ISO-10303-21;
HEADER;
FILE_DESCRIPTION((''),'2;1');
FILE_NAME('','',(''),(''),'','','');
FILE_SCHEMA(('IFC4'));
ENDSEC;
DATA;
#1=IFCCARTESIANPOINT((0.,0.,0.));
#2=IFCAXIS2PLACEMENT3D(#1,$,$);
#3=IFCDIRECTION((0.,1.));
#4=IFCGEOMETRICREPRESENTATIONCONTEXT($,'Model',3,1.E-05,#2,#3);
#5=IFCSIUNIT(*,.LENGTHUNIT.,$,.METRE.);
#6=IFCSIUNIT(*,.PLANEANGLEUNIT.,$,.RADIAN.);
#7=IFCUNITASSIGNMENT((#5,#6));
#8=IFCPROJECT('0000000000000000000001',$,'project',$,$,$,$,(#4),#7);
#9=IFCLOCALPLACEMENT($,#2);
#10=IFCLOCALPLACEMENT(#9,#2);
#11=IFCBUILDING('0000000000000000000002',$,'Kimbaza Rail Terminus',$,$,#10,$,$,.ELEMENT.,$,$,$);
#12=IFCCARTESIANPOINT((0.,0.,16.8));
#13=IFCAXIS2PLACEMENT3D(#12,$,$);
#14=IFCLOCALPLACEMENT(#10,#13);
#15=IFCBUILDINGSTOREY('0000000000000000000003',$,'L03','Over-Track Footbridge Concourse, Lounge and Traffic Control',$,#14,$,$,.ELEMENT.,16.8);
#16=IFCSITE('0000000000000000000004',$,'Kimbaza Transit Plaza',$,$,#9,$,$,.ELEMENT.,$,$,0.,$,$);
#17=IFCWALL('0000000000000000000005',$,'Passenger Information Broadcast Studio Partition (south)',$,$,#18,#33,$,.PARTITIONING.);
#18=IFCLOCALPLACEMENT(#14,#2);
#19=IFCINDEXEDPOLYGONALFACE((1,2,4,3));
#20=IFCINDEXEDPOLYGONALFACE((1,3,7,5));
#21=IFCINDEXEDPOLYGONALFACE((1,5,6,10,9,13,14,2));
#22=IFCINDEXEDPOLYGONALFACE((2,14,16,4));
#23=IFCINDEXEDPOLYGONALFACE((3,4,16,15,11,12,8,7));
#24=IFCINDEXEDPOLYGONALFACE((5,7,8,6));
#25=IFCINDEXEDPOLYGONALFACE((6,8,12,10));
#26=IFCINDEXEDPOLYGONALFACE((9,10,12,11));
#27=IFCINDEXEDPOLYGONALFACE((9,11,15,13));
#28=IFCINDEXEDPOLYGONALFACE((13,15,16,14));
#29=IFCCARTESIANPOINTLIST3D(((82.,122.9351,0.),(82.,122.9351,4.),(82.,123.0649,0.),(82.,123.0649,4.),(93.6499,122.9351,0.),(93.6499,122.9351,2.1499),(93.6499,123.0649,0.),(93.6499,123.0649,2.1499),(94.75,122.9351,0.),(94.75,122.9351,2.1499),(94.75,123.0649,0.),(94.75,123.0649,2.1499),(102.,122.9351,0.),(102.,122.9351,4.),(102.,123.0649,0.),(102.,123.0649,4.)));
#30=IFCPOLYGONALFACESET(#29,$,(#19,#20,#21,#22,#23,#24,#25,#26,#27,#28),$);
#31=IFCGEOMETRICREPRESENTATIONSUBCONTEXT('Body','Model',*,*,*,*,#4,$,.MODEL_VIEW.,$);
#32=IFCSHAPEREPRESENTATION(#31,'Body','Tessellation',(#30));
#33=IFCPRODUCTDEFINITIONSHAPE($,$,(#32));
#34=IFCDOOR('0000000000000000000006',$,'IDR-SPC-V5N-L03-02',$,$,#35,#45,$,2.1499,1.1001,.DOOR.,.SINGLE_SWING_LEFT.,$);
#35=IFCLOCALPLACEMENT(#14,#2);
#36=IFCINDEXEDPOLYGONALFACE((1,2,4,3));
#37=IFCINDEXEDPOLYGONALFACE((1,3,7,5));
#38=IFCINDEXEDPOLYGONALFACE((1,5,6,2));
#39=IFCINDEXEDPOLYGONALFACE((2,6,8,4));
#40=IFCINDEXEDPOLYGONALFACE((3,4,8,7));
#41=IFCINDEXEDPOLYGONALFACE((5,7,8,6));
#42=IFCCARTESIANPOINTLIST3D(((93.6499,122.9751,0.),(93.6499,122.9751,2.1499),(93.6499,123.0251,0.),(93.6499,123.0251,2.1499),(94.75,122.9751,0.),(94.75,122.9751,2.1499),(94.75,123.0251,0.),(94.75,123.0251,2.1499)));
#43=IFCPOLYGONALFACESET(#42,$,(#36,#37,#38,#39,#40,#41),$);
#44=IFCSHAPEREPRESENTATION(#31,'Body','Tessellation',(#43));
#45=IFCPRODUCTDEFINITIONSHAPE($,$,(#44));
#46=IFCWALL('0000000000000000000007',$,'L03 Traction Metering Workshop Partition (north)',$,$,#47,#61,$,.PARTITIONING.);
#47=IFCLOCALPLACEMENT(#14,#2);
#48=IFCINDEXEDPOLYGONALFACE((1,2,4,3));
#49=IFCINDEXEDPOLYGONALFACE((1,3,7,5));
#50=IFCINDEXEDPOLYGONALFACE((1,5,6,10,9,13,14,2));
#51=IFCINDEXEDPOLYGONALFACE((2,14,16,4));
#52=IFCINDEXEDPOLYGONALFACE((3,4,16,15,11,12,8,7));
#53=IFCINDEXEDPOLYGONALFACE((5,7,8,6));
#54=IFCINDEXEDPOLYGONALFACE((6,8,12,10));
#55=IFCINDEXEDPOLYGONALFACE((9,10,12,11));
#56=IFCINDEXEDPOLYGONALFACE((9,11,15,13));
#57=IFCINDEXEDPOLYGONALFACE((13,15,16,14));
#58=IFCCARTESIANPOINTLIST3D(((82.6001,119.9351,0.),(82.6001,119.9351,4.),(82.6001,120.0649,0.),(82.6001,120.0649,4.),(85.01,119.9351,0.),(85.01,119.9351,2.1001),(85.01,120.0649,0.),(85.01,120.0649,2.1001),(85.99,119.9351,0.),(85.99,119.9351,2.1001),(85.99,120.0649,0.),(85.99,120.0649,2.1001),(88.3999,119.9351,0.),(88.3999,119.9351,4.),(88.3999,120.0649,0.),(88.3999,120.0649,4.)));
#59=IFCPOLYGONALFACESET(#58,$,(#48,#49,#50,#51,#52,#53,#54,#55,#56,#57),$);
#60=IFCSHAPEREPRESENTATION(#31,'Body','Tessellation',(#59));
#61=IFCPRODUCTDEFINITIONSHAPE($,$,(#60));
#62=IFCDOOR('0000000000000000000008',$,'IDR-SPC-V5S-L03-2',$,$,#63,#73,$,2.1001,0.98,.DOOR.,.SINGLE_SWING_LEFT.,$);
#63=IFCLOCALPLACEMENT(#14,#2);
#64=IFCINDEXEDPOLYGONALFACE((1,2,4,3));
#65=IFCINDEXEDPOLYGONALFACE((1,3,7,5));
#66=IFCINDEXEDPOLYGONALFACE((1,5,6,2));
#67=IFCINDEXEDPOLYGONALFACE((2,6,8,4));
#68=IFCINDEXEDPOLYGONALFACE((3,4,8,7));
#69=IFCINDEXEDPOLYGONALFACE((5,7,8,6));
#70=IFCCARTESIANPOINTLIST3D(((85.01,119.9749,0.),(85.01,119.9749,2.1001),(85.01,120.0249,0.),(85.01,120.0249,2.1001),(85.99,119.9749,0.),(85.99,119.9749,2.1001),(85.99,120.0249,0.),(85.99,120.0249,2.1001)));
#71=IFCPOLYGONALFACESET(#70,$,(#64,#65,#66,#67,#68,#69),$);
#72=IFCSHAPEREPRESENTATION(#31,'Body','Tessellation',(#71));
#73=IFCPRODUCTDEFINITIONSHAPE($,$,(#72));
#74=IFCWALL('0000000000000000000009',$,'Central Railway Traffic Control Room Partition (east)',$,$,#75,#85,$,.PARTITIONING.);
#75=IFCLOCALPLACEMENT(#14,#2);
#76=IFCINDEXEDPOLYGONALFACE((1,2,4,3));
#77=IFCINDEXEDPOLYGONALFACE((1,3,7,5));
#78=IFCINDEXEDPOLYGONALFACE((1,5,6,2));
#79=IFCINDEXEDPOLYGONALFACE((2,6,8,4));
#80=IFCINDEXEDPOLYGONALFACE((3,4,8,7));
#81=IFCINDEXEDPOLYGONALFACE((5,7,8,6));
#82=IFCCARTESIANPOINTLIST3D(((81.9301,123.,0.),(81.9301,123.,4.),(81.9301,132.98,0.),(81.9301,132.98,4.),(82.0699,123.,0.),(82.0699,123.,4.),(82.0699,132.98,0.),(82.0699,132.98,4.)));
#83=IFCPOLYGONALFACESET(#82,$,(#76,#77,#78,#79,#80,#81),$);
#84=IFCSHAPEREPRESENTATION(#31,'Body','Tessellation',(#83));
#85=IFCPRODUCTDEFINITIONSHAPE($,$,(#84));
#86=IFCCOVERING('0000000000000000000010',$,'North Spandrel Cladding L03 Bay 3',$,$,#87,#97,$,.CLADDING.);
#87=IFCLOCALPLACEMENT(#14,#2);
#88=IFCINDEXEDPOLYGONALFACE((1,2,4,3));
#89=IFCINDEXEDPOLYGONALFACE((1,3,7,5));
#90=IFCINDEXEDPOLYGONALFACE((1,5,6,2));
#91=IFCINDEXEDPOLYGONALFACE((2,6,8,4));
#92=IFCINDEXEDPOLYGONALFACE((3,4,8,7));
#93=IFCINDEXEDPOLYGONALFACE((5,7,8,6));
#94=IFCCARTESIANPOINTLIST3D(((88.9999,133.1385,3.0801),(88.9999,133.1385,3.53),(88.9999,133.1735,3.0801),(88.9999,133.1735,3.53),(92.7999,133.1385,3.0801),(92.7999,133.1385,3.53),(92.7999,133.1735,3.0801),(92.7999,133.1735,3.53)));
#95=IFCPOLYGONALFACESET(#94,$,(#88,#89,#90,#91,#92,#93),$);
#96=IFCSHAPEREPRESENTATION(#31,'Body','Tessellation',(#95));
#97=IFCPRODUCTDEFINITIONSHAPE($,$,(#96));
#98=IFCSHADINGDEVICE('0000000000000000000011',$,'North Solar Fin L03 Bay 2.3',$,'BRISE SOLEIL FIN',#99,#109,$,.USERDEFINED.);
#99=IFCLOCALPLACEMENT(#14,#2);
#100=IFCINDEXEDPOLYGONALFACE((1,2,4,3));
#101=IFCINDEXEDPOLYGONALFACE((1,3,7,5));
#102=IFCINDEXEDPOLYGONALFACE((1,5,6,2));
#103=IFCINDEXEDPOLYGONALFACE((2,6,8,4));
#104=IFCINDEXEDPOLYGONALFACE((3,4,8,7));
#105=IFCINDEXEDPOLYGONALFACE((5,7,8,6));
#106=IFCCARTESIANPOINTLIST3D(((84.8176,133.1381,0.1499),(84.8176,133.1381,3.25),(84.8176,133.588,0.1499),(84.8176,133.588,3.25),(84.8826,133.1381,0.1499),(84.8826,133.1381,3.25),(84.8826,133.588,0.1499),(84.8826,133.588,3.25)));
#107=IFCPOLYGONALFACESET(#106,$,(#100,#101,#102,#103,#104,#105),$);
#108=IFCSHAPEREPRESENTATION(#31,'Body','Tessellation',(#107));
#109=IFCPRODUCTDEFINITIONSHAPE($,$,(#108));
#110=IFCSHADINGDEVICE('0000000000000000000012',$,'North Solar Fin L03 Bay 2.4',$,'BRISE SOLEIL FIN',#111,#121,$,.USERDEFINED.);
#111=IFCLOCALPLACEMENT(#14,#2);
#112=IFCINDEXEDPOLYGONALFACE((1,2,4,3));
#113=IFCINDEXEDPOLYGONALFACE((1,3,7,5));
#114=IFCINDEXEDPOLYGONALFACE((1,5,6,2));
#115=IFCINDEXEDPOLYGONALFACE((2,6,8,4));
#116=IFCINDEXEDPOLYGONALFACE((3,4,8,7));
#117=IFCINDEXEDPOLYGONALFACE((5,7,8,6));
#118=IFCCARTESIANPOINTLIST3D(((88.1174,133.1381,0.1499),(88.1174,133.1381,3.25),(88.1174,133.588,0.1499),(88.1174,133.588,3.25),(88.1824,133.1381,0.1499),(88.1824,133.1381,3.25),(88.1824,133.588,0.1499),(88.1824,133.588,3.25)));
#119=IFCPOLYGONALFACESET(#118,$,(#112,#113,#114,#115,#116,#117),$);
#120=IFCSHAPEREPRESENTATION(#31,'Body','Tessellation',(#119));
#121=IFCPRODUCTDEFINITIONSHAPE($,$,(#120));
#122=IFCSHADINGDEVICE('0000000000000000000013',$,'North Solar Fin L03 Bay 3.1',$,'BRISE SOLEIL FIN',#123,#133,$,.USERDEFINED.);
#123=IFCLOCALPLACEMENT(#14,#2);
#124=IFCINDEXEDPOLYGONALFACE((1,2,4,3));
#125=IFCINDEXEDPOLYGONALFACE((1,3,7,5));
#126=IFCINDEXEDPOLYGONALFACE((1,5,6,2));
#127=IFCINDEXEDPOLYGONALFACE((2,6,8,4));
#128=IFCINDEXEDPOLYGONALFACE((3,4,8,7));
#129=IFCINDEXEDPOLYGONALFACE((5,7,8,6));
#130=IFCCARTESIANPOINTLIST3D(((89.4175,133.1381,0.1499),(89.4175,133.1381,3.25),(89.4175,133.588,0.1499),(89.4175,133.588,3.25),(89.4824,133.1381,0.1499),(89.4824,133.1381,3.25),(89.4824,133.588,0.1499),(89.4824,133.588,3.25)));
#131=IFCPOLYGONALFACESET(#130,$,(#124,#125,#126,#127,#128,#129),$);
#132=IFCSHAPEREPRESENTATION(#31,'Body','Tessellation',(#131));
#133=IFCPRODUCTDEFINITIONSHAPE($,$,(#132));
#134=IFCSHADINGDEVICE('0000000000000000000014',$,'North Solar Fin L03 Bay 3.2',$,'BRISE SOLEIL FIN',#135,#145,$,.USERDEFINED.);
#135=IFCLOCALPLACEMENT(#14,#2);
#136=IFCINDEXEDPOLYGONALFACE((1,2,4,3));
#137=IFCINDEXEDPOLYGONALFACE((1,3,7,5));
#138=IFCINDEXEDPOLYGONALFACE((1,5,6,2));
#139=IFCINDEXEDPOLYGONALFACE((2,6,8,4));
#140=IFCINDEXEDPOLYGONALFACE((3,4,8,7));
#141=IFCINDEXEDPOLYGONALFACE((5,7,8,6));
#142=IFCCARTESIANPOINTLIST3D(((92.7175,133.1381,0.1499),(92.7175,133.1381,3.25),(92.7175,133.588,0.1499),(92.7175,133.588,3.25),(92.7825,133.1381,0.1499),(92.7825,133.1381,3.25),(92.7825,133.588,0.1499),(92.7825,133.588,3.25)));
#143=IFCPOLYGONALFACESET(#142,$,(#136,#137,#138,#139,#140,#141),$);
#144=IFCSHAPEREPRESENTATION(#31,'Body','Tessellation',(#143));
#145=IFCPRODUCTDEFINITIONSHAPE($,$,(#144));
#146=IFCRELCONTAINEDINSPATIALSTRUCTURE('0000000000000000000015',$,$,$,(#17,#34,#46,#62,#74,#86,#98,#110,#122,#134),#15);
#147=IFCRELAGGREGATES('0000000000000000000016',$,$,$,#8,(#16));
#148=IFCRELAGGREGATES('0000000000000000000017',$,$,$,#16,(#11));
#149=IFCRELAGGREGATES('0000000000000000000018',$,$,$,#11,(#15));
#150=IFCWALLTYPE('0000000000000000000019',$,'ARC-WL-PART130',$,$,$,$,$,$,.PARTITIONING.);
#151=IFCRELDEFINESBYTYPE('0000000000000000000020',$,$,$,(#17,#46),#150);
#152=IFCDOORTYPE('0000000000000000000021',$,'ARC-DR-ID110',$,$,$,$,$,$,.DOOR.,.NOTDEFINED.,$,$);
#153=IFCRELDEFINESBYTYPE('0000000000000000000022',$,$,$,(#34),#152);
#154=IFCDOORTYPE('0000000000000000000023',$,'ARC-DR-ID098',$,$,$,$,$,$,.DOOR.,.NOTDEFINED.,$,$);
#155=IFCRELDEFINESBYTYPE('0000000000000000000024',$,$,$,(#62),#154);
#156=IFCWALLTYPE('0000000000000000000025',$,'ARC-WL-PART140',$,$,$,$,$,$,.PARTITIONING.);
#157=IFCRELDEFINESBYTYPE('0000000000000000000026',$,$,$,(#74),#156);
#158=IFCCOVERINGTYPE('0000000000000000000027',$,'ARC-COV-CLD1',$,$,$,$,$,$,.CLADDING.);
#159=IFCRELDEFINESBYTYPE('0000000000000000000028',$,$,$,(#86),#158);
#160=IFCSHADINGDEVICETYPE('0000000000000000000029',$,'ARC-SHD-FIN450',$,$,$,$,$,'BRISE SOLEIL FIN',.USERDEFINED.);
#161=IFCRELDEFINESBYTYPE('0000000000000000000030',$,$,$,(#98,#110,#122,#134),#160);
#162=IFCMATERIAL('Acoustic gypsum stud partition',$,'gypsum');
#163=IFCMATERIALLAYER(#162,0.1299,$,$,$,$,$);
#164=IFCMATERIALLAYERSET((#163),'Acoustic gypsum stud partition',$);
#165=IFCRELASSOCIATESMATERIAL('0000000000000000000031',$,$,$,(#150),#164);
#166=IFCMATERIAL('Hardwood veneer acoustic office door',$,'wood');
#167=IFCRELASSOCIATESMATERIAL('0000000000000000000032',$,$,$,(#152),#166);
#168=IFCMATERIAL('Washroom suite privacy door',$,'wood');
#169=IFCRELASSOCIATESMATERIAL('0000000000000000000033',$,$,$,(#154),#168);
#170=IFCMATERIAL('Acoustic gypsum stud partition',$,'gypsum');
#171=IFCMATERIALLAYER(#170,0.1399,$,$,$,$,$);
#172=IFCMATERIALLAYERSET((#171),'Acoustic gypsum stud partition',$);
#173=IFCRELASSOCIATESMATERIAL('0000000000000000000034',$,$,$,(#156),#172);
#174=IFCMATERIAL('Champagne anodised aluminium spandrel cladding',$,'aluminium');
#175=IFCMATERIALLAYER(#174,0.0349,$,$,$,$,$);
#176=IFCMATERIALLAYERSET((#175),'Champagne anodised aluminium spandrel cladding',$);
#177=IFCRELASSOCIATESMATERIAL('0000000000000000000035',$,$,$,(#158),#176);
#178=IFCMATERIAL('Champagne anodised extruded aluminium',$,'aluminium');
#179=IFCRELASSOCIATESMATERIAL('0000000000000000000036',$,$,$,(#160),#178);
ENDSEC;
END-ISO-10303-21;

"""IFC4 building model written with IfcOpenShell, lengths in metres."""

from ifc_helpers import new_model, si_unit, direction, frame, frame_2d, origin, origin_2d, place, context, subcontext, project, spatial, rectangle, extrude, material, layer, layer_set, type_object, element, fill, save


model = new_model("IFC4")

# Units and contexts
model_context = context("Model", 3, precision=1e-05, world=origin(), true_north=direction((0.0, 1.0)))
body_context = subcontext(model_context, "Body", "Model", "MODEL_VIEW")
ifc_project = project(units=[si_unit("LENGTHUNIT", "METRE"), si_unit("PLANEANGLEUNIT", "RADIAN")], contexts=[model_context])

# Site, building, storey
site_placement = place(None, origin())
site = spatial("IfcSite", under=ifc_project, at=site_placement, Name="Kimbaza Transit Plaza", CompositionType="ELEMENT", RefElevation=0.0)
building_placement = place(site_placement, origin())
building = spatial("IfcBuilding", under=site, at=building_placement, Name="Kimbaza Rail Terminus", CompositionType="ELEMENT")
storey_placement = place(building_placement, frame((0.0, 0.0, 16.8)))
storey = spatial("IfcBuildingStorey", under=building, at=storey_placement, Name="L03", Description="Over-Track Footbridge Concourse, Lounge and Traffic Control", CompositionType="ELEMENT", Elevation=16.8)

# Walls, openings, doors
ifc_material_1 = material(Name="Acoustic gypsum stud partition", Category="gypsum")
ifc_layer_1 = layer(ifc_material_1, 0.1299)
ifc_layer_set_1 = layer_set([ifc_layer_1], Name="Acoustic gypsum stud partition")
wall_type_1 = type_object("IfcWallType", Name="ARC-WL-PART130", PredefinedType="PARTITIONING", material=ifc_layer_set_1)
wall_1_placement = place(storey_placement, frame((82.0, 123.0, 0.0), z_axis=(0.0, 0.0, 1.0), x_axis=(1.0, 0.0, 0.0)))
wall_1 = element("IfcWall", 1, at=wall_1_placement, inside=storey, type_object=wall_type_1, Name="Passenger Information Broadcast Studio Partition (south)", PredefinedType="PARTITIONING", context=body_context, shape_type="SweptSolid", body=[
    extrude(rectangle(XDim=20.0, YDim=0.1299, at=frame_2d((10.0, 0.0))), origin(), (0.0, 0.0, 1.0), 4.0),
])
opening_1_placement = place(wall_1_placement, frame((12.75, 0.0, 0.0), z_axis=(0.0, 0.0, 1.0), x_axis=(-1.0, 0.0, 0.0)))
opening_1 = element("IfcOpeningElement", 2, at=opening_1_placement, cuts=wall_1, PredefinedType="OPENING", context=body_context, shape_type="SweptSolid", body=[
    extrude(rectangle(XDim=1.1001, YDim=2.1499, at=frame_2d((0.55, 1.075))), frame((0.0, 0.075, 0.0), z_axis=(0.0, -1.0, 0.0), x_axis=(1.0, 0.0, 0.0)), (0.0, 0.0, 1.0), 0.1499),
])
ifc_material_2 = material(Name="Hardwood veneer acoustic office door", Category="wood")
door_type_1 = type_object("IfcDoorType", Name="ARC-DR-ID110", OperationType="NOTDEFINED", PredefinedType="DOOR", material=ifc_material_2)
door_1_placement = place(opening_1_placement, origin())
door_1 = element("IfcDoor", 3, at=door_1_placement, inside=storey, type_object=door_type_1, Name="IDR-SPC-V5N-L03-02", OperationType="SINGLE_SWING_LEFT", OverallHeight=2.1499, OverallWidth=1.1001, PredefinedType="DOOR", context=body_context, shape_type="SweptSolid", body=[
    extrude(rectangle(XDim=1.1001, YDim=2.1499, at=frame_2d((0.55, 1.075))), frame((0.0, 0.0249, 0.0), z_axis=(0.0, -1.0, 0.0), x_axis=(1.0, 0.0, 0.0)), (0.0, 0.0, 1.0), 0.05),
])
fill(opening_1, door_1)
wall_2_placement = place(storey_placement, frame((88.3999, 120.0, 0.0), z_axis=(0.0, 0.0, 1.0), x_axis=(-1.0, 0.0, 0.0)))
wall_2 = element("IfcWall", 4, at=wall_2_placement, inside=storey, type_object=wall_type_1, Name="L03 Traction Metering Workshop Partition (north)", PredefinedType="PARTITIONING", context=body_context, shape_type="SweptSolid", body=[
    extrude(rectangle(XDim=5.7998, YDim=0.1299, at=frame_2d((2.8999, 0.0))), origin(), (0.0, 0.0, 1.0), 4.0),
])
opening_2_placement = place(wall_2_placement, frame((3.3899, 0.0, 0.0), z_axis=(0.0, 0.0, 1.0), x_axis=(-1.0, 0.0, 0.0)))
opening_2 = element("IfcOpeningElement", 5, at=opening_2_placement, cuts=wall_2, PredefinedType="OPENING", context=body_context, shape_type="SweptSolid", body=[
    extrude(rectangle(XDim=0.98, YDim=2.1001, at=frame_2d((0.49, 1.05))), frame((0.0, 0.075, 0.0), z_axis=(0.0, -1.0, 0.0), x_axis=(1.0, 0.0, 0.0)), (0.0, 0.0, 1.0), 0.1499),
])
ifc_material_3 = material(Name="Washroom suite privacy door", Category="wood")
door_type_2 = type_object("IfcDoorType", Name="ARC-DR-ID098", OperationType="NOTDEFINED", PredefinedType="DOOR", material=ifc_material_3)
door_2_placement = place(opening_2_placement, origin())
door_2 = element("IfcDoor", 6, at=door_2_placement, inside=storey, type_object=door_type_2, Name="IDR-SPC-V5S-L03-2", OperationType="SINGLE_SWING_LEFT", OverallHeight=2.1001, OverallWidth=0.98, PredefinedType="DOOR", context=body_context, shape_type="SweptSolid", body=[
    extrude(rectangle(XDim=0.98, YDim=2.1001, at=frame_2d((0.49, 1.05))), frame((0.0, 0.0249, 0.0), z_axis=(0.0, -1.0, 0.0), x_axis=(1.0, 0.0, 0.0)), (0.0, 0.0, 1.0), 0.05),
])
fill(opening_2, door_2)

# Wall
ifc_material_4 = material(Name="Acoustic gypsum stud partition", Category="gypsum")
ifc_layer_2 = layer(ifc_material_4, 0.1399)
ifc_layer_set_2 = layer_set([ifc_layer_2], Name="Acoustic gypsum stud partition")
wall_type_2 = type_object("IfcWallType", Name="ARC-WL-PART140", PredefinedType="PARTITIONING", material=ifc_layer_set_2)
wall_3_placement = place(storey_placement, frame((82.0, 123.0, 0.0), z_axis=(0.0, 0.0, 1.0), x_axis=(0.0, 1.0, 0.0)))
element("IfcWall", 7, at=wall_3_placement, inside=storey, type_object=wall_type_2, Name="Central Railway Traffic Control Room Partition (east)", PredefinedType="PARTITIONING", context=body_context, shape_type="SweptSolid", body=[
    extrude(rectangle(XDim=9.98, YDim=0.1399, at=frame_2d((4.99, 0.0))), origin(), (0.0, 0.0, 1.0), 4.0),
])

# Covering
ifc_material_5 = material(Name="Champagne anodised aluminium spandrel cladding", Category="aluminium")
ifc_layer_3 = layer(ifc_material_5, 0.0349)
ifc_layer_set_3 = layer_set([ifc_layer_3], Name="Champagne anodised aluminium spandrel cladding")
covering_type = type_object("IfcCoveringType", Name="ARC-COV-CLD1", PredefinedType="CLADDING", material=ifc_layer_set_3)
covering_placement = place(storey_placement, frame((90.8999, 133.156, 3.0801), z_axis=(0.0, 0.0, 1.0), x_axis=(1.0, 0.0, 0.0)))
element("IfcCovering", 8, at=covering_placement, inside=storey, type_object=covering_type, Name="North Spandrel Cladding L03 Bay 3", PredefinedType="CLADDING", context=body_context, shape_type="SweptSolid", body=[
    extrude(rectangle(XDim=3.8, YDim=0.0349, at=origin_2d()), origin(), (0.0, 0.0, 1.0), 0.45),
])

# Shading devices
ifc_material_6 = material(Name="Champagne anodised extruded aluminium", Category="aluminium")
shading_device_type = type_object("IfcShadingDeviceType", Name="ARC-SHD-FIN450", ElementType="BRISE SOLEIL FIN", PredefinedType="USERDEFINED", material=ifc_material_6)
for number, where, z_axis, x_axis, name in (
    (9, (84.8501, 133.363, 0.1499), (0.0, 0.0, 1.0), (1.0, 0.0, 0.0), "North Solar Fin L03 Bay 2.3"),
    (10, (88.1499, 133.363, 0.1499), (0.0, 0.0, 1.0), (1.0, 0.0, 0.0), "North Solar Fin L03 Bay 2.4"),
    (11, (89.45, 133.363, 0.1499), (0.0, 0.0, 1.0), (1.0, 0.0, 0.0), "North Solar Fin L03 Bay 3.1"),
    (12, (92.75, 133.363, 0.1499), (0.0, 0.0, 1.0), (1.0, 0.0, 0.0), "North Solar Fin L03 Bay 3.2"),
):
    element("IfcShadingDevice", number, at=place(storey_placement, frame(where, z_axis=z_axis, x_axis=x_axis)), inside=storey, type_object=shading_device_type, Name=name, ObjectType="BRISE SOLEIL FIN", PredefinedType="USERDEFINED", context=body_context, shape_type="SweptSolid", body=[
        extrude(rectangle(XDim=0.0649, YDim=0.45, at=origin_2d()), origin(), (0.0, 0.0, 1.0), 3.1001),
    ])

save(model, "model.ifc")
